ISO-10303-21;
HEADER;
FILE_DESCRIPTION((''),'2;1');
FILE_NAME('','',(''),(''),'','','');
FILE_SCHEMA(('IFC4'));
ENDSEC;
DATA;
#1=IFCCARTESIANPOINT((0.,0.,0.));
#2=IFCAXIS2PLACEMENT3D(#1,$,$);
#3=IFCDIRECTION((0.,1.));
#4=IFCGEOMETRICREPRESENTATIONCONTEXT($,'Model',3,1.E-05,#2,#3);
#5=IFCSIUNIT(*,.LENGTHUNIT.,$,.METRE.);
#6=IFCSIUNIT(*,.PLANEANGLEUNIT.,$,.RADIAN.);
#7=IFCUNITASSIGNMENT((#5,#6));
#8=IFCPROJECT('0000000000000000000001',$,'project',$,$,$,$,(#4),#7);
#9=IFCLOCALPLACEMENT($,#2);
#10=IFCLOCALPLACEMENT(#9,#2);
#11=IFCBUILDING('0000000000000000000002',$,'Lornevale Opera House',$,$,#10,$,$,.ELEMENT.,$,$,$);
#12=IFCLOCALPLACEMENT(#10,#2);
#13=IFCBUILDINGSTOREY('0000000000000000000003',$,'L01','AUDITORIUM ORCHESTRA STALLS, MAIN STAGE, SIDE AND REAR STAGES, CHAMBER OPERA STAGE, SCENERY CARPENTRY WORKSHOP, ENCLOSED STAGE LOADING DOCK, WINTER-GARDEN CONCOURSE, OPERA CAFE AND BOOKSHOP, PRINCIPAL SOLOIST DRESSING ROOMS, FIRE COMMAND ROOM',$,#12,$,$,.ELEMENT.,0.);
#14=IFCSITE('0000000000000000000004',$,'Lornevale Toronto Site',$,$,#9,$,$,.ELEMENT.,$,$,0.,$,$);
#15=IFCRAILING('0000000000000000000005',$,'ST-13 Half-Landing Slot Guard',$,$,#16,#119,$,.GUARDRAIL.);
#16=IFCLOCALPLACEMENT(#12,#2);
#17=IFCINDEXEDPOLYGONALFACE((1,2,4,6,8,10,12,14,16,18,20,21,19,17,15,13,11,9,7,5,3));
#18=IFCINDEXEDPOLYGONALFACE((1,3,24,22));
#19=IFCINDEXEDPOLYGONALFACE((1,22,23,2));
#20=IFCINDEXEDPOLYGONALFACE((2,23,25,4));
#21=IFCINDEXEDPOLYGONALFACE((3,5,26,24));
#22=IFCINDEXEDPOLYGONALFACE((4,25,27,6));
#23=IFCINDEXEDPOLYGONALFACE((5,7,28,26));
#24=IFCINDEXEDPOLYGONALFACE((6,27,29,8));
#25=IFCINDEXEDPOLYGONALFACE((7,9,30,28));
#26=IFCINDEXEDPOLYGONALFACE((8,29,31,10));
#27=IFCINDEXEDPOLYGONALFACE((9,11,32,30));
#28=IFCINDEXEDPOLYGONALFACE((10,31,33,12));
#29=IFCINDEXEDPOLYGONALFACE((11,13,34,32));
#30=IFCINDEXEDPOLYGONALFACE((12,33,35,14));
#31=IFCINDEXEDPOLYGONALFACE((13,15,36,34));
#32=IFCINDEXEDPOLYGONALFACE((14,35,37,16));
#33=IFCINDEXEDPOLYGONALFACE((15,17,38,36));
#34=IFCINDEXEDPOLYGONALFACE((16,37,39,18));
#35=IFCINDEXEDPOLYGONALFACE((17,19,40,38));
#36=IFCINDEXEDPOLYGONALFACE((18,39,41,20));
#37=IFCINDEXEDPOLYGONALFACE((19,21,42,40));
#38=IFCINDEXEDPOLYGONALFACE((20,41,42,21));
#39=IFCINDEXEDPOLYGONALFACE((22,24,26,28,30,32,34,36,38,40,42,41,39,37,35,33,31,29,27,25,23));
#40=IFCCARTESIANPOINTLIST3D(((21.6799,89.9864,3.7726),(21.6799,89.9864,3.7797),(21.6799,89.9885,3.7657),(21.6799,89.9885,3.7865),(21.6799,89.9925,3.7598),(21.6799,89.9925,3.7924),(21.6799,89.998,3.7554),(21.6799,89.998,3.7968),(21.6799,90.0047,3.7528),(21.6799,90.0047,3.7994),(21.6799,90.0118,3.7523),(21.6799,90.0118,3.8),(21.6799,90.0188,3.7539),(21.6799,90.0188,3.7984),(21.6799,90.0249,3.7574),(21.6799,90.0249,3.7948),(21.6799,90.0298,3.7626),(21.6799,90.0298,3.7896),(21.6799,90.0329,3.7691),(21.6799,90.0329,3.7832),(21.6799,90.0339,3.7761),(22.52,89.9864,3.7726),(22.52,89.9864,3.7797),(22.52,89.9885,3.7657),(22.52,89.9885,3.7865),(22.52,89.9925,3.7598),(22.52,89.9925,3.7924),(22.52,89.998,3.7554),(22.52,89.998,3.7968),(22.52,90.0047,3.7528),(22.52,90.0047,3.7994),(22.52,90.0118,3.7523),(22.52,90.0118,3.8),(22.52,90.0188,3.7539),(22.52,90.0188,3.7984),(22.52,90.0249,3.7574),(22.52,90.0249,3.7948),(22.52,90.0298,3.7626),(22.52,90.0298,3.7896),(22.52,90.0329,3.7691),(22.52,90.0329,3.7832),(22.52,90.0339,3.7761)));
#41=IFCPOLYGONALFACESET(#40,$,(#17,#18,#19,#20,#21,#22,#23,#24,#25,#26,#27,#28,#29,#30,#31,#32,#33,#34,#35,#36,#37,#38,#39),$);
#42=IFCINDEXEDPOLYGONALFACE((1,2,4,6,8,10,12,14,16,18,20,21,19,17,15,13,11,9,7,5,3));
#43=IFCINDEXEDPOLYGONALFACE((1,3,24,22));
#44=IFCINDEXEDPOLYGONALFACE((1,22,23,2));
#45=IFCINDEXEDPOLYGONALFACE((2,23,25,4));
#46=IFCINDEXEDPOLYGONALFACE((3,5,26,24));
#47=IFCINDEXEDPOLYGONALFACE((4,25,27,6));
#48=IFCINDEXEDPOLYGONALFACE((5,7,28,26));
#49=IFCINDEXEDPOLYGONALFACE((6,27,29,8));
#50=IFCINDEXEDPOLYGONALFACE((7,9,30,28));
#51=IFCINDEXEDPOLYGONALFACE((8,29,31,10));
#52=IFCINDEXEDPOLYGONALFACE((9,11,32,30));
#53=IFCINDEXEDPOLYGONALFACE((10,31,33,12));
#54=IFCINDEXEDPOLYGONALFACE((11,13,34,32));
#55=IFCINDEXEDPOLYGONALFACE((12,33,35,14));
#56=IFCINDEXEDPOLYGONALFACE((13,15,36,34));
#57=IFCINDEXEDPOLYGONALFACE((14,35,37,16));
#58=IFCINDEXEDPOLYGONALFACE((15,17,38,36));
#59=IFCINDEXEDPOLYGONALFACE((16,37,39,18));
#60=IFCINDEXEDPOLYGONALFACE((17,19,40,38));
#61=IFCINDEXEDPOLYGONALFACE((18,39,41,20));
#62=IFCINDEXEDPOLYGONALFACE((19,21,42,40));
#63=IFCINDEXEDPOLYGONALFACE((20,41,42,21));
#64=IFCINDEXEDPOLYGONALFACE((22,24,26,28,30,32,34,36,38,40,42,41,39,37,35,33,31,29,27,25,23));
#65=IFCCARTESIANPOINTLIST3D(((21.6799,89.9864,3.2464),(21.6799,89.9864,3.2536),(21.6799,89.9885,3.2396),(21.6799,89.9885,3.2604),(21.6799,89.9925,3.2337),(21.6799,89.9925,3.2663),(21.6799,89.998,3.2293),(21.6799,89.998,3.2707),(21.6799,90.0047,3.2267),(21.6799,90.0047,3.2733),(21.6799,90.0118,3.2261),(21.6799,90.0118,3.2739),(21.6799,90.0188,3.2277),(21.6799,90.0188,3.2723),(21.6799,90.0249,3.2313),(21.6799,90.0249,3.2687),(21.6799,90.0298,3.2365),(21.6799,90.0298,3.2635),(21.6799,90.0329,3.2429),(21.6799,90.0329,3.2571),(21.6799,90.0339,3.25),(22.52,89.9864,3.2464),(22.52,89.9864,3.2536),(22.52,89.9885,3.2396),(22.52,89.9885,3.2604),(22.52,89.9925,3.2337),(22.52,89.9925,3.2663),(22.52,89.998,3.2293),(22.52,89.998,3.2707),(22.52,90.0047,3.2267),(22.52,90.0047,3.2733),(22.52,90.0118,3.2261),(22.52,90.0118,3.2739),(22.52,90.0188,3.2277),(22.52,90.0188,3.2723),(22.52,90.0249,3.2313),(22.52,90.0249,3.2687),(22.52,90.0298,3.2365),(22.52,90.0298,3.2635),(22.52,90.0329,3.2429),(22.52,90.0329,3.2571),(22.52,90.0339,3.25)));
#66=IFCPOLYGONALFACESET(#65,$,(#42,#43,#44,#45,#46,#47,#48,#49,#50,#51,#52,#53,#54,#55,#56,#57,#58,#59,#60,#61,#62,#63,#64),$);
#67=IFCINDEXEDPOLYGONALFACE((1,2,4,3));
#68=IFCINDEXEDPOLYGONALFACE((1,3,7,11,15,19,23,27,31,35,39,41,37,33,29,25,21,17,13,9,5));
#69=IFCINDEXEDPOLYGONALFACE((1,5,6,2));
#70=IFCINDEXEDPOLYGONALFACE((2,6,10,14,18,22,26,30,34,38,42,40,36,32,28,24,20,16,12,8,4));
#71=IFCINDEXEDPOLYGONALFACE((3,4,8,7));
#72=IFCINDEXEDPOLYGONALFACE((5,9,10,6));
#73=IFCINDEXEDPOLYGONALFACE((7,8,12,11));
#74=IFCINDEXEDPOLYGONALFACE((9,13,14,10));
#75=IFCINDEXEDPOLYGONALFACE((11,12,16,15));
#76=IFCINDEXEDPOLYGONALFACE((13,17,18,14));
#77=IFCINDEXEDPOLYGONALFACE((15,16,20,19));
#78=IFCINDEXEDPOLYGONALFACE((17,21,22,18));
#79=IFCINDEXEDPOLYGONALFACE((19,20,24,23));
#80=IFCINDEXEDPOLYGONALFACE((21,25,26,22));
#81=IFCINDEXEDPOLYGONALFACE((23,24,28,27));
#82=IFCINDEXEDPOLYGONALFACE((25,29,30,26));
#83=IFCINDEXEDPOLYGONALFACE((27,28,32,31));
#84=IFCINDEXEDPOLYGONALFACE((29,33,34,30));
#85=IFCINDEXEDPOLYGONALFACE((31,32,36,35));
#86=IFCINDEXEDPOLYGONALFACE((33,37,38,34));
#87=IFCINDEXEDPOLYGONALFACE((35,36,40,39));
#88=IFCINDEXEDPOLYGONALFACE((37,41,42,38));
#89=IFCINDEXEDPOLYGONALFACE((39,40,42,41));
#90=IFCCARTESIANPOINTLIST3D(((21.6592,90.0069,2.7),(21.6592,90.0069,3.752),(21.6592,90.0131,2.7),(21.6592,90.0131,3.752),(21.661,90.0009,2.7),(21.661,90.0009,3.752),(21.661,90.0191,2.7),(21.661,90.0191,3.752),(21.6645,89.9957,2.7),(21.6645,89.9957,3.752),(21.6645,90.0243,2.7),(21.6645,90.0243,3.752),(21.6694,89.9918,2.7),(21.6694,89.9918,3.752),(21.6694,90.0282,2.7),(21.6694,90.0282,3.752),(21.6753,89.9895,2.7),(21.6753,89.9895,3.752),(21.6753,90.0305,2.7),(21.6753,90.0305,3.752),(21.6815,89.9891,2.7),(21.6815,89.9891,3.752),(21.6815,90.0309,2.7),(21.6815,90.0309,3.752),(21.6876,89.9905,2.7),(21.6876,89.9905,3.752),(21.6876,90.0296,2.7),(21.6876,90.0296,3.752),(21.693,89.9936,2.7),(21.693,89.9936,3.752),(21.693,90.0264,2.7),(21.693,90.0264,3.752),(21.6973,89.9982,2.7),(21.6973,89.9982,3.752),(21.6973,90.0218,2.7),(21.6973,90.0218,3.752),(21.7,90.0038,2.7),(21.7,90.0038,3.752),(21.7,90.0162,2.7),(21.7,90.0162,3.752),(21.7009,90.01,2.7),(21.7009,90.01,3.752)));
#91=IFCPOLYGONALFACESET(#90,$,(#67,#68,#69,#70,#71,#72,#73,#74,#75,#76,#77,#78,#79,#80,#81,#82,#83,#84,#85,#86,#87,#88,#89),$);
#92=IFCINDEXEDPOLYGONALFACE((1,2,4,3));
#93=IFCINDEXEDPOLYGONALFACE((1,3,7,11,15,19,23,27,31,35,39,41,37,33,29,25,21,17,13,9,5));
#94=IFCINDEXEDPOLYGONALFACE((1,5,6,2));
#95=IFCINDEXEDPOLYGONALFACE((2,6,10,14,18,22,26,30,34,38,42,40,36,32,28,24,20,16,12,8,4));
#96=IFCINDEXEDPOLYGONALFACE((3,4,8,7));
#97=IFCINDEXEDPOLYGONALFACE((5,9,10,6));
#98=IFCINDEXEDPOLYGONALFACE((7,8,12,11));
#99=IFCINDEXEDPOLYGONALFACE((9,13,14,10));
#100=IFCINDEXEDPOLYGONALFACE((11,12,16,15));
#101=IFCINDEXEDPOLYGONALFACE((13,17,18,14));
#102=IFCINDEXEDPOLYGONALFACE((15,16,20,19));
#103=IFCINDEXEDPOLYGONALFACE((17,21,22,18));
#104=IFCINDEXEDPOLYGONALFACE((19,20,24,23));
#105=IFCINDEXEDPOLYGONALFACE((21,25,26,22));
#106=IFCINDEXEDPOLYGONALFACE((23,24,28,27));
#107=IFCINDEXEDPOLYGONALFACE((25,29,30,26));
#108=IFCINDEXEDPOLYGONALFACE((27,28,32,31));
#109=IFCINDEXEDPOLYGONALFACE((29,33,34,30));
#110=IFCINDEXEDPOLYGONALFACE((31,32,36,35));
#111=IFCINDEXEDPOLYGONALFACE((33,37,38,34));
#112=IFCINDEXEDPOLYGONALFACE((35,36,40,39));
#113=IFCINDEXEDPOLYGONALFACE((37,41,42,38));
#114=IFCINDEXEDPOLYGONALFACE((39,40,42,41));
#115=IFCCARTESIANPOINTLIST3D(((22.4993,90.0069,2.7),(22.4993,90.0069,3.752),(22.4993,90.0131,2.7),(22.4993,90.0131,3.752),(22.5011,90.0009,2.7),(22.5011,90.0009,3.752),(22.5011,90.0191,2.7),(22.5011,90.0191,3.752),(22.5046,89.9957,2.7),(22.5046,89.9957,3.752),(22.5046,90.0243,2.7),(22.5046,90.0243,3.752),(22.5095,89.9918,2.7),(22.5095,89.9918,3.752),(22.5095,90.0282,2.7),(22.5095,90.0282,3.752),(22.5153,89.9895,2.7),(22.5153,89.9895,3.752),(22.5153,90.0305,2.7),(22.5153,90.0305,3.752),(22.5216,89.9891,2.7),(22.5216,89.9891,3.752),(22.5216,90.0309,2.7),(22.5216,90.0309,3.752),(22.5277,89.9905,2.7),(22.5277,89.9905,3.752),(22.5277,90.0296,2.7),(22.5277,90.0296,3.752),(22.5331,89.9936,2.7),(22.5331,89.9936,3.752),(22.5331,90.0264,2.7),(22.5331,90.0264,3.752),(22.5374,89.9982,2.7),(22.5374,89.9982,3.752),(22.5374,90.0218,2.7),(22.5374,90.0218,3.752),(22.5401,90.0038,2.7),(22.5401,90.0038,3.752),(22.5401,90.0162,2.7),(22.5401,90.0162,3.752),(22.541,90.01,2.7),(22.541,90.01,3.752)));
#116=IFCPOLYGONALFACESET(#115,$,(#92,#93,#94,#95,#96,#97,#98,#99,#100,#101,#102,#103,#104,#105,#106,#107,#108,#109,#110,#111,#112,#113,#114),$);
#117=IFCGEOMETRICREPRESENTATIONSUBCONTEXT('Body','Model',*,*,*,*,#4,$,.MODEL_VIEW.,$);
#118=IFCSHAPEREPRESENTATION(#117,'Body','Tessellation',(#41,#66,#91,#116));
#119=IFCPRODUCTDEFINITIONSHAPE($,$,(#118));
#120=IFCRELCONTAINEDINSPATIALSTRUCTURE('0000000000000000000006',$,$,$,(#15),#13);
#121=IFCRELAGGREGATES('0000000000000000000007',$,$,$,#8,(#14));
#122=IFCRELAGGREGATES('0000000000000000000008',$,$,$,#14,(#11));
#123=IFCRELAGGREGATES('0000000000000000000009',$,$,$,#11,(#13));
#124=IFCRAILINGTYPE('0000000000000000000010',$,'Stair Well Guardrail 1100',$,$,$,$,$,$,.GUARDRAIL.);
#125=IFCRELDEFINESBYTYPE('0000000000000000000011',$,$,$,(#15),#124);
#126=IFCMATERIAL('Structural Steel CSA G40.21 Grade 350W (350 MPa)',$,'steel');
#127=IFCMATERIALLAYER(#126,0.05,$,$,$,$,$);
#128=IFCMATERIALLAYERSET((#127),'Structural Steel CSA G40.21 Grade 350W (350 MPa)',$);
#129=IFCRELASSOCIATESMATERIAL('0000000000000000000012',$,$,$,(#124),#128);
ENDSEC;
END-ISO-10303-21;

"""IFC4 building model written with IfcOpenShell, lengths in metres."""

from ifc_helpers import new_model, si_unit, direction, frame, origin, origin_2d, place, context, subcontext, project, spatial, circle, extrude, material, layer, layer_set, type_object, element, save


model = new_model("IFC4")

# Units and contexts
model_context = context("Model", 3, precision=1e-05, world=origin(), true_north=direction((0.0, 1.0)))
body_context = subcontext(model_context, "Body", "Model", "MODEL_VIEW")
ifc_project = project(units=[si_unit("LENGTHUNIT", "METRE"), si_unit("PLANEANGLEUNIT", "RADIAN")], contexts=[model_context])

# Site, building, storey
site_placement = place(None, origin())
site = spatial("IfcSite", under=ifc_project, at=site_placement, Name="Lornevale Toronto Site", CompositionType="ELEMENT", RefElevation=0.0)
building_placement = place(site_placement, origin())
building = spatial("IfcBuilding", under=site, at=building_placement, Name="Lornevale Opera House", CompositionType="ELEMENT")
storey_placement = place(building_placement, origin())
storey = spatial("IfcBuildingStorey", under=building, at=storey_placement, Name="L01", Description="AUDITORIUM ORCHESTRA STALLS, MAIN STAGE, SIDE AND REAR STAGES, CHAMBER OPERA STAGE, SCENERY CARPENTRY WORKSHOP, ENCLOSED STAGE LOADING DOCK, WINTER-GARDEN CONCOURSE, OPERA CAFE AND BOOKSHOP, PRINCIPAL SOLOIST DRESSING ROOMS, FIRE COMMAND ROOM", CompositionType="ELEMENT", Elevation=0.0)

# Railing
ifc_material_1 = material(Name="Structural Steel CSA G40.21 Grade 350W (350 MPa)", Category="steel")
ifc_layer_1 = layer(ifc_material_1, 0.05)
ifc_layer_set_1 = layer_set([ifc_layer_1], Name="Structural Steel CSA G40.21 Grade 350W (350 MPa)")
railing_type_1 = type_object("IfcRailingType", Name="Stair Well Guardrail 1100", PredefinedType="GUARDRAIL", material=ifc_layer_set_1)
railing_1_placement = place(storey_placement, frame((21.6799, 90.01, 2.7)))
element("IfcRailing", 1, at=railing_1_placement, inside=storey, type_object=railing_type_1, Name="ST-13 Half-Landing Slot Guard", PredefinedType="GUARDRAIL", context=body_context, shape_type="SweptSolid", body=[
    extrude(circle(Radius=0.0239, at=origin_2d()), frame((0.0, 0.0, 1.0762), z_axis=(1.0, 0.0, 0.0), x_axis=(0.0, 1.0, 0.0)), (0.0, 0.0, 1.0), 0.8401),
    extrude(circle(Radius=0.0239, at=origin_2d()), frame((0.0, 0.0, 0.55), z_axis=(1.0, 0.0, 0.0), x_axis=(0.0, 1.0, 0.0)), (0.0, 0.0, 1.0), 0.8401),
    extrude(circle(Radius=0.021, at=origin_2d()), origin(), (0.0, 0.0, 1.0), 1.052),
    extrude(circle(Radius=0.021, at=origin_2d()), frame((0.8401, 0.0, 0.0)), (0.0, 0.0, 1.0), 1.052),
])

save(model, "model.ifc")
